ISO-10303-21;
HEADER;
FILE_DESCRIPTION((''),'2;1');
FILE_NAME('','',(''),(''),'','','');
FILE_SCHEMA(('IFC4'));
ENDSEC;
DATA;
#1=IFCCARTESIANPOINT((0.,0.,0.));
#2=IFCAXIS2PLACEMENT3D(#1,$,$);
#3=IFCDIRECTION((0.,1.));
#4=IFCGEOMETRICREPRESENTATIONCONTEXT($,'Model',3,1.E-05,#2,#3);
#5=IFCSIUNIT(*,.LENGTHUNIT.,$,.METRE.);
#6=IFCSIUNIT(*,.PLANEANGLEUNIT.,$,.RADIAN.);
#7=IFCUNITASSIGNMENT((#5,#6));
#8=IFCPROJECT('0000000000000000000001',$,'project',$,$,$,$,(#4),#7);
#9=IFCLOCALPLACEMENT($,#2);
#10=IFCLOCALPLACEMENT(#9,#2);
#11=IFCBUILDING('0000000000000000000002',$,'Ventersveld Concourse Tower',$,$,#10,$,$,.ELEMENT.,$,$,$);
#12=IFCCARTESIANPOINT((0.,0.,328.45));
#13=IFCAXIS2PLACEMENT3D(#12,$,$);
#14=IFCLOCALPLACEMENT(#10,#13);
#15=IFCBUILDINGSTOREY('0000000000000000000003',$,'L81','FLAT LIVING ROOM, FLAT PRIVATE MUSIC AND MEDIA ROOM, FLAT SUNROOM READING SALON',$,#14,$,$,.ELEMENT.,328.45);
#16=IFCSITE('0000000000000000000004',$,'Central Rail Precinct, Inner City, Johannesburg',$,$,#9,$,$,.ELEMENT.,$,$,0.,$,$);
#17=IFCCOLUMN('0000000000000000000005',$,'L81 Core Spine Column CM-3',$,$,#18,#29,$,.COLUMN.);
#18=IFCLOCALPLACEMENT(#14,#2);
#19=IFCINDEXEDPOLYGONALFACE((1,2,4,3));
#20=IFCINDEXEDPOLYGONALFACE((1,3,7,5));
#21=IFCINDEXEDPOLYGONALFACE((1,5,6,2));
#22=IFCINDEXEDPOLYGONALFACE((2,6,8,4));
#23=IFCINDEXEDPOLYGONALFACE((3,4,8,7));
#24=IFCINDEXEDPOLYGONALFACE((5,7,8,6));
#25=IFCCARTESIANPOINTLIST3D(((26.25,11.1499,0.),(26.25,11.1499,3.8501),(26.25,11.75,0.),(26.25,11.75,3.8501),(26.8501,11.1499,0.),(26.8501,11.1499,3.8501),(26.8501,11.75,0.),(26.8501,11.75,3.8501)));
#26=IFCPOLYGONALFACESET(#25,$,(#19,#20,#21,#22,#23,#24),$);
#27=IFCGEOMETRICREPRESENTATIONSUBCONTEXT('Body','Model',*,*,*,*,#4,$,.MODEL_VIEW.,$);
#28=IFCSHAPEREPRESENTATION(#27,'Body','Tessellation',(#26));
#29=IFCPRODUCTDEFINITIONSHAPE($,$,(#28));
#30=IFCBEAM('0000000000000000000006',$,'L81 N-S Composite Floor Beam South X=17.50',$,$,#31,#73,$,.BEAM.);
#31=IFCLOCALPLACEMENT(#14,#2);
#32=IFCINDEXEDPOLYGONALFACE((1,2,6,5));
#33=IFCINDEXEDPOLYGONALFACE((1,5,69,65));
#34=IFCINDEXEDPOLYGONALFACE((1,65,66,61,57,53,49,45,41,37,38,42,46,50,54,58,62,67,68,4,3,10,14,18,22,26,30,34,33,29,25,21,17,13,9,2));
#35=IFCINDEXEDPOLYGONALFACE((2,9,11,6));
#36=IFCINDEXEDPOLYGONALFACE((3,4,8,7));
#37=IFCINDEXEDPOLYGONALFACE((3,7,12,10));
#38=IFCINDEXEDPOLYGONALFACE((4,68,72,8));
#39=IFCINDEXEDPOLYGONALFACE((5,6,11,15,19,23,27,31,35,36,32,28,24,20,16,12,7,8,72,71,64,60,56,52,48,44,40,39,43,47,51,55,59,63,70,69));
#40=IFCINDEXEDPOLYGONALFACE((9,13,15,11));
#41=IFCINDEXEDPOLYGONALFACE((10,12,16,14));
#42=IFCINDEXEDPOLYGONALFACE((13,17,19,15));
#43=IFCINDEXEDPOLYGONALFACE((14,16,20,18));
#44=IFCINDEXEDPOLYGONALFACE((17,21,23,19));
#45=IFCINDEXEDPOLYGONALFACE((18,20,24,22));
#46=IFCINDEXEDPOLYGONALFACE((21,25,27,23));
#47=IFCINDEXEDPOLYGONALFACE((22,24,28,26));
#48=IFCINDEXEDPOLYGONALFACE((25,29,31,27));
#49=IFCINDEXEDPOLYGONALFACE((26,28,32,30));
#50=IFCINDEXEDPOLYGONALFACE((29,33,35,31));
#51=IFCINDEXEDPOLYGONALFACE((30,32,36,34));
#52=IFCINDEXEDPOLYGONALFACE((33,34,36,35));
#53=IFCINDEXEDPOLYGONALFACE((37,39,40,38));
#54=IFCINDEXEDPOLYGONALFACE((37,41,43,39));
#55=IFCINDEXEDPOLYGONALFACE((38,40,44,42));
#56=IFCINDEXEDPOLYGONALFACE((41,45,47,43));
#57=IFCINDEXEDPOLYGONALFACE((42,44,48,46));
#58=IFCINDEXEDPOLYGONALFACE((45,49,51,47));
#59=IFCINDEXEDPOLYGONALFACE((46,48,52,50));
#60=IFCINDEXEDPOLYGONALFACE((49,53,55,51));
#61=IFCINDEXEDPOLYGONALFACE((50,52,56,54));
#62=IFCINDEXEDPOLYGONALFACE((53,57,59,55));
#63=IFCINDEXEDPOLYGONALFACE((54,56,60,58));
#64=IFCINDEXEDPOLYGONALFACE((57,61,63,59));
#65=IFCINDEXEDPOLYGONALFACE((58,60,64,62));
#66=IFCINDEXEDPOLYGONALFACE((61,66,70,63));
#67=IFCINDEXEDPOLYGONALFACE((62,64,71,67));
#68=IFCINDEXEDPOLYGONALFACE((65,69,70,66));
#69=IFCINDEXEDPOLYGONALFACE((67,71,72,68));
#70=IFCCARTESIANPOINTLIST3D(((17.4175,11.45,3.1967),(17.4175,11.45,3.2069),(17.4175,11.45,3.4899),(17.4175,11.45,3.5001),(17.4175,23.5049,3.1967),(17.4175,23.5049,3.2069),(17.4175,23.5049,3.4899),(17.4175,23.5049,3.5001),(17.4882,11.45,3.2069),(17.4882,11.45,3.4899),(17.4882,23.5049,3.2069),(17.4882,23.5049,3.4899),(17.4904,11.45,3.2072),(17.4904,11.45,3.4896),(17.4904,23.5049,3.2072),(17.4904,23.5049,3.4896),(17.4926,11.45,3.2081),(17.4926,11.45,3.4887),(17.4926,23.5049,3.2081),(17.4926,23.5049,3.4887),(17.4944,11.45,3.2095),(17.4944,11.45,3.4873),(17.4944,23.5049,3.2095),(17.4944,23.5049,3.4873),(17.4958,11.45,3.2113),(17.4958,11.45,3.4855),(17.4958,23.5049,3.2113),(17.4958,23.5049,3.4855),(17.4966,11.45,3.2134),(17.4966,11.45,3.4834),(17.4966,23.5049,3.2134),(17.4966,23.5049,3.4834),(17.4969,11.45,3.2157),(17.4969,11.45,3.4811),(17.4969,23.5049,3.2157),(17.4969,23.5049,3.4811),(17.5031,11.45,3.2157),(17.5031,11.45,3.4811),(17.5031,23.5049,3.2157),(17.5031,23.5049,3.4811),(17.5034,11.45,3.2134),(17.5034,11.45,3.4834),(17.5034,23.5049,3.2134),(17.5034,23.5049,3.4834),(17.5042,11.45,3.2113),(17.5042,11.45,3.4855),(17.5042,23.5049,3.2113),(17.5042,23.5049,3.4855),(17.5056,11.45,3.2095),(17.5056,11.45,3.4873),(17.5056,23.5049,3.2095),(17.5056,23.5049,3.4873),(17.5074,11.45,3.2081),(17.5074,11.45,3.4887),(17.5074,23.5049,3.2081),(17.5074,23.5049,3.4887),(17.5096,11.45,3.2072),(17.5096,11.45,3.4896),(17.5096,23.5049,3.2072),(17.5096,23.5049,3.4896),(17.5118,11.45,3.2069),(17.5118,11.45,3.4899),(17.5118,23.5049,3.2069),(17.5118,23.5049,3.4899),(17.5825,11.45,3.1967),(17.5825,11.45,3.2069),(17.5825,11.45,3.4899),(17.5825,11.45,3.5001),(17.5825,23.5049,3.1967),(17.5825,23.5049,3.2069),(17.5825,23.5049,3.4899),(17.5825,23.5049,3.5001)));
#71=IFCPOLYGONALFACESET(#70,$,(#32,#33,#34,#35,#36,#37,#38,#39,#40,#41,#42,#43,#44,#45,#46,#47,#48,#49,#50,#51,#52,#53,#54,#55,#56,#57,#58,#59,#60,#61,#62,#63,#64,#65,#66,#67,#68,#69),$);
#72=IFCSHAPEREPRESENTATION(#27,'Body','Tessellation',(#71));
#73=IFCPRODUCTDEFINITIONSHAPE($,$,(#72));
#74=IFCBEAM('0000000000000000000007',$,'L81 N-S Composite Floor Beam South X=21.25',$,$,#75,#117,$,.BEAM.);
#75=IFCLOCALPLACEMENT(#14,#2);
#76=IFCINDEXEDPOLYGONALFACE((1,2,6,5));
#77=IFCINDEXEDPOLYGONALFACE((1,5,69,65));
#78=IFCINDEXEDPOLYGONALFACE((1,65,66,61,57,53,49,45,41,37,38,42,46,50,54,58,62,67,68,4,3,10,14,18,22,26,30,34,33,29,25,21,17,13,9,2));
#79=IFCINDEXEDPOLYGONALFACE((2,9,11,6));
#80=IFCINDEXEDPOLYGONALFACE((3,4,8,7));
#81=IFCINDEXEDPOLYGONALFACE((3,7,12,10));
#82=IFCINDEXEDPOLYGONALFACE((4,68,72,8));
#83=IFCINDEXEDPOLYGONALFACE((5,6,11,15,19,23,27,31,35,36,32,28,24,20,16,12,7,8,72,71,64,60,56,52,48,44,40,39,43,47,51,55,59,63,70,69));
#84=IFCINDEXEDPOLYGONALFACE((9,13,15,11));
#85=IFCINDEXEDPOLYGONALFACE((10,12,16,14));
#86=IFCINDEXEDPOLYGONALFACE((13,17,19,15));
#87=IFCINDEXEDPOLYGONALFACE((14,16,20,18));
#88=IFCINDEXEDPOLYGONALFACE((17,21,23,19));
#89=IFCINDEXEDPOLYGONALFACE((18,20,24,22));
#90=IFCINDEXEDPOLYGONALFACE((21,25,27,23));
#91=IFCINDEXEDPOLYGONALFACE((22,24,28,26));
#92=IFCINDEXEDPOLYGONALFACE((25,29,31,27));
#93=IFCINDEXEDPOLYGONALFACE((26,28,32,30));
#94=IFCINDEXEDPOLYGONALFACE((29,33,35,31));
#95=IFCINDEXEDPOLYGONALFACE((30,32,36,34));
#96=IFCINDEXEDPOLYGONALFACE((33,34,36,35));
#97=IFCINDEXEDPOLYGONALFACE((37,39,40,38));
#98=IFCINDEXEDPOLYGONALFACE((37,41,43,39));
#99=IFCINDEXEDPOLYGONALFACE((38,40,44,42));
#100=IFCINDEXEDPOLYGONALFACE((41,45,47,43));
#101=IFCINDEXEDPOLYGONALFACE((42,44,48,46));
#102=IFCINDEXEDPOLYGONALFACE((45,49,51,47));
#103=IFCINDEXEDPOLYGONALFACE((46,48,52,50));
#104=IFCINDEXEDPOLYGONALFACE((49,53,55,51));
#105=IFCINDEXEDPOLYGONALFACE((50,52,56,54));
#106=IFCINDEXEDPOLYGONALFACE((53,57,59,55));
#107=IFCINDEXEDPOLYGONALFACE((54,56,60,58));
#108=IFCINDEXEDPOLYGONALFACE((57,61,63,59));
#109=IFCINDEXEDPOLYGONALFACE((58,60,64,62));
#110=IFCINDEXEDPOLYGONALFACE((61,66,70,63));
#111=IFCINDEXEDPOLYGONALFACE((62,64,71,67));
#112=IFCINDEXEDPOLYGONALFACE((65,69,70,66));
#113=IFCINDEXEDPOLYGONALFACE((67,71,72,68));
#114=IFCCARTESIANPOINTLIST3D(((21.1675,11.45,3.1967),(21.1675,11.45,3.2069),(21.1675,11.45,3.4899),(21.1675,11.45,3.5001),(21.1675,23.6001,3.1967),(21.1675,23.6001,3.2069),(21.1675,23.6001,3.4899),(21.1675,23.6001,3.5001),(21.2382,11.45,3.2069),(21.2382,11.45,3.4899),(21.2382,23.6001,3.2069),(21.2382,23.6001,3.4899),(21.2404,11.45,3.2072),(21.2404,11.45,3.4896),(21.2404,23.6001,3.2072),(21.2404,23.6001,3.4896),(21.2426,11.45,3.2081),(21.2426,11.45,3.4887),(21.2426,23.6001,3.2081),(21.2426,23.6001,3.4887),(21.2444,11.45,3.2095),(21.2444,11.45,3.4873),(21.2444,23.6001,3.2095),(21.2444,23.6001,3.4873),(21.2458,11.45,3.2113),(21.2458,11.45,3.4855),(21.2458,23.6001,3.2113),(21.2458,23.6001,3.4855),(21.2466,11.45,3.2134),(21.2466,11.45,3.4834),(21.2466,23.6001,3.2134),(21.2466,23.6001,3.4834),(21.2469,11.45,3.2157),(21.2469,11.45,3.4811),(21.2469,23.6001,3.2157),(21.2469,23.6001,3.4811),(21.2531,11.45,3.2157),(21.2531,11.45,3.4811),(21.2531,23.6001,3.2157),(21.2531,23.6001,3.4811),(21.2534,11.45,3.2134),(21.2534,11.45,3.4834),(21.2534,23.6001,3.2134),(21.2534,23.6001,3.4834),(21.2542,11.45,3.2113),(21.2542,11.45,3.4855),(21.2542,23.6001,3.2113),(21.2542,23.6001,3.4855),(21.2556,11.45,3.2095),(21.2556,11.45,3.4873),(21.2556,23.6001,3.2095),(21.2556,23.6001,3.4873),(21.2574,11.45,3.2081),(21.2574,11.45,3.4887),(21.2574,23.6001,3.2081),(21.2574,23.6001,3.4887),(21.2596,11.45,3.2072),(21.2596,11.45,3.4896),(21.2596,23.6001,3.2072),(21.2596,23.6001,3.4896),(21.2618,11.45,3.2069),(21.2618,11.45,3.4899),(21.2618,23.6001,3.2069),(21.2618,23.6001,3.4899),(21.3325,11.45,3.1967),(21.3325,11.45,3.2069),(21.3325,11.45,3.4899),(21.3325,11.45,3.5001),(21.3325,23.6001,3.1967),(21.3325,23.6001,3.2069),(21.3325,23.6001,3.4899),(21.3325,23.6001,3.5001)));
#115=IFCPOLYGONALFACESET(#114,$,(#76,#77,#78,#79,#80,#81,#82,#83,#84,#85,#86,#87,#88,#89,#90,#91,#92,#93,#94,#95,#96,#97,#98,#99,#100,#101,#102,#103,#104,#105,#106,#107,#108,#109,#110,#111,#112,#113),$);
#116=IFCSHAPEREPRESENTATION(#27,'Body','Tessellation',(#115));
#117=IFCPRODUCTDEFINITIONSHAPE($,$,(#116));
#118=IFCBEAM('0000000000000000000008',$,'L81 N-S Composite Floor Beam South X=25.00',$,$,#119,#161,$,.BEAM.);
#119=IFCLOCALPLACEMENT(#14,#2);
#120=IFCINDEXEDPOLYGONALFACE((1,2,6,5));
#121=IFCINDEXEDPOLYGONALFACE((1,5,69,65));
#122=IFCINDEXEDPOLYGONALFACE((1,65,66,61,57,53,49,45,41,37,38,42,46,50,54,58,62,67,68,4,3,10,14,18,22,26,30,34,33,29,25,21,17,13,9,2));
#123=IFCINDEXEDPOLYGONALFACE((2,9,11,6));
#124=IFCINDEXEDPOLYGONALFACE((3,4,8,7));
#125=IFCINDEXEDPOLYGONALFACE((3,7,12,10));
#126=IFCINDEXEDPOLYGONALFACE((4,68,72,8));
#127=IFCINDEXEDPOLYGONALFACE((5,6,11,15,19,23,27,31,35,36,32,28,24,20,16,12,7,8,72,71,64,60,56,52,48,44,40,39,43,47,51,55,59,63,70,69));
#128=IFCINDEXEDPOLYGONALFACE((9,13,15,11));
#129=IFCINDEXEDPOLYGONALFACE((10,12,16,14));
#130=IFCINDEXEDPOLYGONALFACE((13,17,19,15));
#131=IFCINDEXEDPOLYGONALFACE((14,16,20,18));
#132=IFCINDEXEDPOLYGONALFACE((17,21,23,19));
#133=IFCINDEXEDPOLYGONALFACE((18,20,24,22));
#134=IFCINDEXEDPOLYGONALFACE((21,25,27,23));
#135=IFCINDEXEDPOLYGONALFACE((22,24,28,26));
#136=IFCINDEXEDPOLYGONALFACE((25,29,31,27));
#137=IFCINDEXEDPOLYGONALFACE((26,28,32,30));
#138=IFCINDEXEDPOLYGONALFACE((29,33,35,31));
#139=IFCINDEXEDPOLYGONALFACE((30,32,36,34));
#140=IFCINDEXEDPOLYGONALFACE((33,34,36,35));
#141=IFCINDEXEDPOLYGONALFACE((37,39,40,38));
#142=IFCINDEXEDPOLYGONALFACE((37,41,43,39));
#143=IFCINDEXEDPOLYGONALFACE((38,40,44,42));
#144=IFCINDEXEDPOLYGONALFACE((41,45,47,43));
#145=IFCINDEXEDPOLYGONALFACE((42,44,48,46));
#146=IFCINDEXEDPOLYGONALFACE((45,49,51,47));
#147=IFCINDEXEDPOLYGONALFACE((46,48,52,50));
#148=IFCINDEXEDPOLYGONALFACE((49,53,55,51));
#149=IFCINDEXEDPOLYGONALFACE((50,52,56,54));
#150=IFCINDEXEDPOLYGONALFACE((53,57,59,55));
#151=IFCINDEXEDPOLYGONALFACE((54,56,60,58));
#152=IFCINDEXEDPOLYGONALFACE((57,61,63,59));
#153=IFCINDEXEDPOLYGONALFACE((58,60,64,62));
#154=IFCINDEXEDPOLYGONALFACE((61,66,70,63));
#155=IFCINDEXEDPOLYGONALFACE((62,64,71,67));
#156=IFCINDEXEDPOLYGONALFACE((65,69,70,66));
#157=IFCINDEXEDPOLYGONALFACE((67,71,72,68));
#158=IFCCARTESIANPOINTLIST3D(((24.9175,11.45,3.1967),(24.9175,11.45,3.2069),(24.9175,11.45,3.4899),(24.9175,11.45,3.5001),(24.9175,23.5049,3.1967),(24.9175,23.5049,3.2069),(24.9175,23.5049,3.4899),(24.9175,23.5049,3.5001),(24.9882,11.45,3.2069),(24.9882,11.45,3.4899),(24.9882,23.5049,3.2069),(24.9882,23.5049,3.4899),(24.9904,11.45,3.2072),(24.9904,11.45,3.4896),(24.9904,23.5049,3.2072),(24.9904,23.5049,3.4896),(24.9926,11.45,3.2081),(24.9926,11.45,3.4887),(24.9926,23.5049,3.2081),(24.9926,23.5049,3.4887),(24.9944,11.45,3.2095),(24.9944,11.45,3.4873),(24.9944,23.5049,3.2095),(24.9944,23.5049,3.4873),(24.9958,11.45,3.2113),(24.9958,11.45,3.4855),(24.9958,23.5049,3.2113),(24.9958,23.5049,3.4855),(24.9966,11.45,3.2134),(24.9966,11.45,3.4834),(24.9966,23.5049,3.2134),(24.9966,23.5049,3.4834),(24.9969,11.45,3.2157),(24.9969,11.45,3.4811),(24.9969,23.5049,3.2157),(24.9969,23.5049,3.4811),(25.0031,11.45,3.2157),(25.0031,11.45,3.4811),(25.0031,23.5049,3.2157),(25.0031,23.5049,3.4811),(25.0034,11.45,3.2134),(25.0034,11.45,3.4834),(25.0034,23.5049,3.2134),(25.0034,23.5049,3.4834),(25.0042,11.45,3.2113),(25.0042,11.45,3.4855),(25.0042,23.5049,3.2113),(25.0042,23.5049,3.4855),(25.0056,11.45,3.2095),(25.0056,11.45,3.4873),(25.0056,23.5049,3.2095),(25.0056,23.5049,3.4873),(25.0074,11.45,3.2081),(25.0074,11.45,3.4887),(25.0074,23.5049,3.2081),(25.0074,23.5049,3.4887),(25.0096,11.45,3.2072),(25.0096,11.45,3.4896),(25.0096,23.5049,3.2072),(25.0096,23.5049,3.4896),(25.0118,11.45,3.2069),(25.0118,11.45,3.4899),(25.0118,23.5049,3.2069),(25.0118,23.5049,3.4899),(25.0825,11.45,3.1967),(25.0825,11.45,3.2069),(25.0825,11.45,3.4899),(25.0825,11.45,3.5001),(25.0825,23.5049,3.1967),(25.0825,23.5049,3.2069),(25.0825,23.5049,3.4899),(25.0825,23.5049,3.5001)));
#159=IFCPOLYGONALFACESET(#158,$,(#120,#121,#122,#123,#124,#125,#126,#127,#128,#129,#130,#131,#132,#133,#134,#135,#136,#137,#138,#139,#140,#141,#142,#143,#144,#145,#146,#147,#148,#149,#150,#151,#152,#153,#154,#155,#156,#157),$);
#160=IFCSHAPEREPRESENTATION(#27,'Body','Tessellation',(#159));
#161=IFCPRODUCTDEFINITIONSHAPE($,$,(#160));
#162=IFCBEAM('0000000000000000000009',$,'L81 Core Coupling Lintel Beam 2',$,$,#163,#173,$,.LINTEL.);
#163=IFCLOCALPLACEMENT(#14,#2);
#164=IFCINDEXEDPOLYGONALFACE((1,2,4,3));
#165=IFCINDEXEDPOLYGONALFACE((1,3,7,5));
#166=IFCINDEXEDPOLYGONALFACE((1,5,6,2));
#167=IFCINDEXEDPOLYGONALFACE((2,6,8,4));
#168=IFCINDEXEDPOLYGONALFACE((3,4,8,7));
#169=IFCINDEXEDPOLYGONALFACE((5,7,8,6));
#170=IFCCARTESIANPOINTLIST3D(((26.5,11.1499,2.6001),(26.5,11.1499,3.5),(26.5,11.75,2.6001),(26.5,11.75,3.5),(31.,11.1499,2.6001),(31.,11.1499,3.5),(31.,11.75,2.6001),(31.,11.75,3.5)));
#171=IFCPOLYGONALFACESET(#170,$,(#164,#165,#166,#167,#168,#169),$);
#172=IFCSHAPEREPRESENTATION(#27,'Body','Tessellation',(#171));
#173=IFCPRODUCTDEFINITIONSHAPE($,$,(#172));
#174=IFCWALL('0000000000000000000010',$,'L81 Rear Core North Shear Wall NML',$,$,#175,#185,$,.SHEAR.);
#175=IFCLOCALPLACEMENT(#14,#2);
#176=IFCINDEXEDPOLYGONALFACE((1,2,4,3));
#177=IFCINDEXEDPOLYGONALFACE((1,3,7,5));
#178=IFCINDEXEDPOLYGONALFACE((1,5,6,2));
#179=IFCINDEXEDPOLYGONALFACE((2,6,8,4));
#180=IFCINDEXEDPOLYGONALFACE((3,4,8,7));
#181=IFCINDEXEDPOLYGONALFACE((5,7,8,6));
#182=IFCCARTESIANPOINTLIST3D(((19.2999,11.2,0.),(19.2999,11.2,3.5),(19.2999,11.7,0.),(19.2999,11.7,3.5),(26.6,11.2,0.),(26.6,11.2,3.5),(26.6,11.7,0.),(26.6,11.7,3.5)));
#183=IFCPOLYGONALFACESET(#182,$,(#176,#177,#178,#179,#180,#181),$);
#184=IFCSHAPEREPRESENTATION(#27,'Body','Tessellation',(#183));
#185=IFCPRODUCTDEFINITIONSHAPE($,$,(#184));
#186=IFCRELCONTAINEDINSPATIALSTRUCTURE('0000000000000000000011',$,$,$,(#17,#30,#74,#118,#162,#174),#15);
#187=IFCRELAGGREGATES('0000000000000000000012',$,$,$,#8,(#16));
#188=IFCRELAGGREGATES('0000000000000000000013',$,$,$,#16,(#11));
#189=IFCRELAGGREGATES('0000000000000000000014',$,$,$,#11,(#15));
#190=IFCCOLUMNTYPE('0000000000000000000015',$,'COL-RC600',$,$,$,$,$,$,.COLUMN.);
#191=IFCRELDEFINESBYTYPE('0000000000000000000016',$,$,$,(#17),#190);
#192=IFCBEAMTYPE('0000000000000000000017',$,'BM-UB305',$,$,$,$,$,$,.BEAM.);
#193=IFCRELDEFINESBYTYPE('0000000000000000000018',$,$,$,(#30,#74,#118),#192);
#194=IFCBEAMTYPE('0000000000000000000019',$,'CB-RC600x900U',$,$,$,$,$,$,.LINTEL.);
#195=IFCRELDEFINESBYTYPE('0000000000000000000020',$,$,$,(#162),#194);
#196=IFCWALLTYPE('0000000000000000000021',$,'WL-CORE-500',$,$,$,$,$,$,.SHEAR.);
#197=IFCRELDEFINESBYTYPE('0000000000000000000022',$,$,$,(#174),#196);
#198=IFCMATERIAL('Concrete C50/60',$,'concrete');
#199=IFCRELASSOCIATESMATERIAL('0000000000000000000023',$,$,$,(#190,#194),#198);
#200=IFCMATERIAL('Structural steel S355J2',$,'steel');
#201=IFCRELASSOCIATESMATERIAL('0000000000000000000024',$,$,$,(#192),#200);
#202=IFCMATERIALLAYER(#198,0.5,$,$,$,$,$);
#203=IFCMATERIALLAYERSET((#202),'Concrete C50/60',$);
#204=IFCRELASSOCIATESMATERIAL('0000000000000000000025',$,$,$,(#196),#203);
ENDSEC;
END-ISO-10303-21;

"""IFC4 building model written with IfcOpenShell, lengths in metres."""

from ifc_helpers import new_model, si_unit, direction, frame, frame_2d, origin, origin_2d, place, context, subcontext, project, spatial, rectangle, i_section, extrude, material, layer, layer_set, material_profile, profile_set, type_object, element, save


model = new_model("IFC4")

# Units and contexts
model_context = context("Model", 3, precision=1e-05, world=origin(), true_north=direction((0.0, 1.0)))
body_context = subcontext(model_context, "Body", "Model", "MODEL_VIEW")
ifc_project = project(units=[si_unit("LENGTHUNIT", "METRE"), si_unit("PLANEANGLEUNIT", "RADIAN")], contexts=[model_context])

# Site, building, storey
site_placement = place(None, origin())
site = spatial("IfcSite", under=ifc_project, at=site_placement, Name="Central Rail Precinct, Inner City, Johannesburg", CompositionType="ELEMENT", RefElevation=0.0)
building_placement = place(site_placement, origin())
building = spatial("IfcBuilding", under=site, at=building_placement, Name="Ventersveld Concourse Tower", CompositionType="ELEMENT")
storey_placement = place(building_placement, frame((0.0, 0.0, 328.45)))
storey = spatial("IfcBuildingStorey", under=building, at=storey_placement, Name="L81", Description="FLAT LIVING ROOM, FLAT PRIVATE MUSIC AND MEDIA ROOM, FLAT SUNROOM READING SALON", CompositionType="ELEMENT", Elevation=328.45)

# Column
ifc_material_1 = material(Name="Concrete C50/60", Category="concrete")
ifc_material_profile_1 = material_profile(ifc_material_1, rectangle(XDim=0.6001, YDim=0.6001, at=origin_2d()), Name="RC 600x600")
ifc_profile_set_1 = profile_set([ifc_material_profile_1], Name="Concrete C50/60")
column_type = type_object("IfcColumnType", Name="COL-RC600", PredefinedType="COLUMN", material=ifc_profile_set_1)
column_placement = place(storey_placement, frame((26.55, 11.45, 0.0), z_axis=(0.0, 0.0, 1.0), x_axis=(1.0, 0.0, 0.0)))
element("IfcColumn", 1, at=column_placement, inside=storey, type_object=column_type, Name="L81 Core Spine Column CM-3", PredefinedType="COLUMN", context=body_context, shape_type="SweptSolid", body=[
    extrude(rectangle(XDim=0.6001, YDim=0.6001, at=origin_2d()), origin(), (0.0, 0.0, 1.0), 3.8501),
])

# Beams
ifc_material_2 = material(Name="Structural steel S355J2", Category="steel")
ifc_material_profile_2 = material_profile(ifc_material_2, i_section(OverallWidth=0.165, OverallDepth=0.3035, WebThickness=0.0061, FlangeThickness=0.0103, FilletRadius=0.0088, at=origin_2d()), Name="UB 305x165x40")
ifc_profile_set_2 = profile_set([ifc_material_profile_2], Name="Structural steel S355J2")
beam_type_1 = type_object("IfcBeamType", Name="BM-UB305", PredefinedType="BEAM", material=ifc_profile_set_2)
beam_1_placement = place(storey_placement, frame((17.5, 11.45, 3.3484), z_axis=(0.0, 1.0, 0.0), x_axis=(-1.0, 0.0, 0.0)))
element("IfcBeam", 2, at=beam_1_placement, inside=storey, type_object=beam_type_1, Name="L81 N-S Composite Floor Beam South X=17.50", PredefinedType="BEAM", context=body_context, shape_type="SweptSolid", body=[
    extrude(i_section(OverallWidth=0.165, OverallDepth=0.3035, WebThickness=0.0061, FlangeThickness=0.0103, FilletRadius=0.0088, at=origin_2d()), origin(), (0.0, 0.0, 1.0), 12.0549),
])
beam_2_placement = place(storey_placement, frame((21.25, 11.45, 3.3484), z_axis=(0.0, 1.0, 0.0), x_axis=(-1.0, 0.0, 0.0)))
element("IfcBeam", 3, at=beam_2_placement, inside=storey, type_object=beam_type_1, Name="L81 N-S Composite Floor Beam South X=21.25", PredefinedType="BEAM", context=body_context, shape_type="SweptSolid", body=[
    extrude(i_section(OverallWidth=0.165, OverallDepth=0.3035, WebThickness=0.0061, FlangeThickness=0.0103, FilletRadius=0.0088, at=origin_2d()), origin(), (0.0, 0.0, 1.0), 12.1501),
])
beam_3_placement = place(storey_placement, frame((25.0, 11.45, 3.3484), z_axis=(0.0, 1.0, 0.0), x_axis=(-1.0, 0.0, 0.0)))
element("IfcBeam", 4, at=beam_3_placement, inside=storey, type_object=beam_type_1, Name="L81 N-S Composite Floor Beam South X=25.00", PredefinedType="BEAM", context=body_context, shape_type="SweptSolid", body=[
    extrude(i_section(OverallWidth=0.165, OverallDepth=0.3035, WebThickness=0.0061, FlangeThickness=0.0103, FilletRadius=0.0088, at=origin_2d()), origin(), (0.0, 0.0, 1.0), 12.0549),
])
ifc_material_profile_3 = material_profile(ifc_material_1, rectangle(XDim=0.6001, YDim=0.8999, at=origin_2d()), Name="RC 600x900")
ifc_profile_set_3 = profile_set([ifc_material_profile_3], Name="Concrete C50/60")
beam_type_2 = type_object("IfcBeamType", Name="CB-RC600x900U", PredefinedType="LINTEL", material=ifc_profile_set_3)
beam_4_placement = place(storey_placement, frame((26.5, 11.45, 3.05), z_axis=(1.0, 0.0, 0.0), x_axis=(0.0, 1.0, 0.0)))
element("IfcBeam", 5, at=beam_4_placement, inside=storey, type_object=beam_type_2, Name="L81 Core Coupling Lintel Beam 2", PredefinedType="LINTEL", context=body_context, shape_type="SweptSolid", body=[
    extrude(rectangle(XDim=0.6001, YDim=0.8999, at=origin_2d()), origin(), (0.0, 0.0, 1.0), 4.5),
])

# Wall
ifc_layer_1 = layer(ifc_material_1, 0.5)
ifc_layer_set_1 = layer_set([ifc_layer_1], Name="Concrete C50/60")
wall_type_1 = type_object("IfcWallType", Name="WL-CORE-500", PredefinedType="SHEAR", material=ifc_layer_set_1)
wall_1_placement = place(storey_placement, frame((19.3, 11.45, 0.0), z_axis=(0.0, 0.0, 1.0), x_axis=(1.0, 0.0, 0.0)))
element("IfcWall", 6, at=wall_1_placement, inside=storey, type_object=wall_type_1, Name="L81 Rear Core North Shear Wall NML", PredefinedType="SHEAR", context=body_context, shape_type="SweptSolid", body=[
    extrude(rectangle(XDim=7.3, YDim=0.5, at=frame_2d((3.6499, 0.0))), origin(), (0.0, 0.0, 1.0), 3.5),
])

save(model, "model.ifc")
